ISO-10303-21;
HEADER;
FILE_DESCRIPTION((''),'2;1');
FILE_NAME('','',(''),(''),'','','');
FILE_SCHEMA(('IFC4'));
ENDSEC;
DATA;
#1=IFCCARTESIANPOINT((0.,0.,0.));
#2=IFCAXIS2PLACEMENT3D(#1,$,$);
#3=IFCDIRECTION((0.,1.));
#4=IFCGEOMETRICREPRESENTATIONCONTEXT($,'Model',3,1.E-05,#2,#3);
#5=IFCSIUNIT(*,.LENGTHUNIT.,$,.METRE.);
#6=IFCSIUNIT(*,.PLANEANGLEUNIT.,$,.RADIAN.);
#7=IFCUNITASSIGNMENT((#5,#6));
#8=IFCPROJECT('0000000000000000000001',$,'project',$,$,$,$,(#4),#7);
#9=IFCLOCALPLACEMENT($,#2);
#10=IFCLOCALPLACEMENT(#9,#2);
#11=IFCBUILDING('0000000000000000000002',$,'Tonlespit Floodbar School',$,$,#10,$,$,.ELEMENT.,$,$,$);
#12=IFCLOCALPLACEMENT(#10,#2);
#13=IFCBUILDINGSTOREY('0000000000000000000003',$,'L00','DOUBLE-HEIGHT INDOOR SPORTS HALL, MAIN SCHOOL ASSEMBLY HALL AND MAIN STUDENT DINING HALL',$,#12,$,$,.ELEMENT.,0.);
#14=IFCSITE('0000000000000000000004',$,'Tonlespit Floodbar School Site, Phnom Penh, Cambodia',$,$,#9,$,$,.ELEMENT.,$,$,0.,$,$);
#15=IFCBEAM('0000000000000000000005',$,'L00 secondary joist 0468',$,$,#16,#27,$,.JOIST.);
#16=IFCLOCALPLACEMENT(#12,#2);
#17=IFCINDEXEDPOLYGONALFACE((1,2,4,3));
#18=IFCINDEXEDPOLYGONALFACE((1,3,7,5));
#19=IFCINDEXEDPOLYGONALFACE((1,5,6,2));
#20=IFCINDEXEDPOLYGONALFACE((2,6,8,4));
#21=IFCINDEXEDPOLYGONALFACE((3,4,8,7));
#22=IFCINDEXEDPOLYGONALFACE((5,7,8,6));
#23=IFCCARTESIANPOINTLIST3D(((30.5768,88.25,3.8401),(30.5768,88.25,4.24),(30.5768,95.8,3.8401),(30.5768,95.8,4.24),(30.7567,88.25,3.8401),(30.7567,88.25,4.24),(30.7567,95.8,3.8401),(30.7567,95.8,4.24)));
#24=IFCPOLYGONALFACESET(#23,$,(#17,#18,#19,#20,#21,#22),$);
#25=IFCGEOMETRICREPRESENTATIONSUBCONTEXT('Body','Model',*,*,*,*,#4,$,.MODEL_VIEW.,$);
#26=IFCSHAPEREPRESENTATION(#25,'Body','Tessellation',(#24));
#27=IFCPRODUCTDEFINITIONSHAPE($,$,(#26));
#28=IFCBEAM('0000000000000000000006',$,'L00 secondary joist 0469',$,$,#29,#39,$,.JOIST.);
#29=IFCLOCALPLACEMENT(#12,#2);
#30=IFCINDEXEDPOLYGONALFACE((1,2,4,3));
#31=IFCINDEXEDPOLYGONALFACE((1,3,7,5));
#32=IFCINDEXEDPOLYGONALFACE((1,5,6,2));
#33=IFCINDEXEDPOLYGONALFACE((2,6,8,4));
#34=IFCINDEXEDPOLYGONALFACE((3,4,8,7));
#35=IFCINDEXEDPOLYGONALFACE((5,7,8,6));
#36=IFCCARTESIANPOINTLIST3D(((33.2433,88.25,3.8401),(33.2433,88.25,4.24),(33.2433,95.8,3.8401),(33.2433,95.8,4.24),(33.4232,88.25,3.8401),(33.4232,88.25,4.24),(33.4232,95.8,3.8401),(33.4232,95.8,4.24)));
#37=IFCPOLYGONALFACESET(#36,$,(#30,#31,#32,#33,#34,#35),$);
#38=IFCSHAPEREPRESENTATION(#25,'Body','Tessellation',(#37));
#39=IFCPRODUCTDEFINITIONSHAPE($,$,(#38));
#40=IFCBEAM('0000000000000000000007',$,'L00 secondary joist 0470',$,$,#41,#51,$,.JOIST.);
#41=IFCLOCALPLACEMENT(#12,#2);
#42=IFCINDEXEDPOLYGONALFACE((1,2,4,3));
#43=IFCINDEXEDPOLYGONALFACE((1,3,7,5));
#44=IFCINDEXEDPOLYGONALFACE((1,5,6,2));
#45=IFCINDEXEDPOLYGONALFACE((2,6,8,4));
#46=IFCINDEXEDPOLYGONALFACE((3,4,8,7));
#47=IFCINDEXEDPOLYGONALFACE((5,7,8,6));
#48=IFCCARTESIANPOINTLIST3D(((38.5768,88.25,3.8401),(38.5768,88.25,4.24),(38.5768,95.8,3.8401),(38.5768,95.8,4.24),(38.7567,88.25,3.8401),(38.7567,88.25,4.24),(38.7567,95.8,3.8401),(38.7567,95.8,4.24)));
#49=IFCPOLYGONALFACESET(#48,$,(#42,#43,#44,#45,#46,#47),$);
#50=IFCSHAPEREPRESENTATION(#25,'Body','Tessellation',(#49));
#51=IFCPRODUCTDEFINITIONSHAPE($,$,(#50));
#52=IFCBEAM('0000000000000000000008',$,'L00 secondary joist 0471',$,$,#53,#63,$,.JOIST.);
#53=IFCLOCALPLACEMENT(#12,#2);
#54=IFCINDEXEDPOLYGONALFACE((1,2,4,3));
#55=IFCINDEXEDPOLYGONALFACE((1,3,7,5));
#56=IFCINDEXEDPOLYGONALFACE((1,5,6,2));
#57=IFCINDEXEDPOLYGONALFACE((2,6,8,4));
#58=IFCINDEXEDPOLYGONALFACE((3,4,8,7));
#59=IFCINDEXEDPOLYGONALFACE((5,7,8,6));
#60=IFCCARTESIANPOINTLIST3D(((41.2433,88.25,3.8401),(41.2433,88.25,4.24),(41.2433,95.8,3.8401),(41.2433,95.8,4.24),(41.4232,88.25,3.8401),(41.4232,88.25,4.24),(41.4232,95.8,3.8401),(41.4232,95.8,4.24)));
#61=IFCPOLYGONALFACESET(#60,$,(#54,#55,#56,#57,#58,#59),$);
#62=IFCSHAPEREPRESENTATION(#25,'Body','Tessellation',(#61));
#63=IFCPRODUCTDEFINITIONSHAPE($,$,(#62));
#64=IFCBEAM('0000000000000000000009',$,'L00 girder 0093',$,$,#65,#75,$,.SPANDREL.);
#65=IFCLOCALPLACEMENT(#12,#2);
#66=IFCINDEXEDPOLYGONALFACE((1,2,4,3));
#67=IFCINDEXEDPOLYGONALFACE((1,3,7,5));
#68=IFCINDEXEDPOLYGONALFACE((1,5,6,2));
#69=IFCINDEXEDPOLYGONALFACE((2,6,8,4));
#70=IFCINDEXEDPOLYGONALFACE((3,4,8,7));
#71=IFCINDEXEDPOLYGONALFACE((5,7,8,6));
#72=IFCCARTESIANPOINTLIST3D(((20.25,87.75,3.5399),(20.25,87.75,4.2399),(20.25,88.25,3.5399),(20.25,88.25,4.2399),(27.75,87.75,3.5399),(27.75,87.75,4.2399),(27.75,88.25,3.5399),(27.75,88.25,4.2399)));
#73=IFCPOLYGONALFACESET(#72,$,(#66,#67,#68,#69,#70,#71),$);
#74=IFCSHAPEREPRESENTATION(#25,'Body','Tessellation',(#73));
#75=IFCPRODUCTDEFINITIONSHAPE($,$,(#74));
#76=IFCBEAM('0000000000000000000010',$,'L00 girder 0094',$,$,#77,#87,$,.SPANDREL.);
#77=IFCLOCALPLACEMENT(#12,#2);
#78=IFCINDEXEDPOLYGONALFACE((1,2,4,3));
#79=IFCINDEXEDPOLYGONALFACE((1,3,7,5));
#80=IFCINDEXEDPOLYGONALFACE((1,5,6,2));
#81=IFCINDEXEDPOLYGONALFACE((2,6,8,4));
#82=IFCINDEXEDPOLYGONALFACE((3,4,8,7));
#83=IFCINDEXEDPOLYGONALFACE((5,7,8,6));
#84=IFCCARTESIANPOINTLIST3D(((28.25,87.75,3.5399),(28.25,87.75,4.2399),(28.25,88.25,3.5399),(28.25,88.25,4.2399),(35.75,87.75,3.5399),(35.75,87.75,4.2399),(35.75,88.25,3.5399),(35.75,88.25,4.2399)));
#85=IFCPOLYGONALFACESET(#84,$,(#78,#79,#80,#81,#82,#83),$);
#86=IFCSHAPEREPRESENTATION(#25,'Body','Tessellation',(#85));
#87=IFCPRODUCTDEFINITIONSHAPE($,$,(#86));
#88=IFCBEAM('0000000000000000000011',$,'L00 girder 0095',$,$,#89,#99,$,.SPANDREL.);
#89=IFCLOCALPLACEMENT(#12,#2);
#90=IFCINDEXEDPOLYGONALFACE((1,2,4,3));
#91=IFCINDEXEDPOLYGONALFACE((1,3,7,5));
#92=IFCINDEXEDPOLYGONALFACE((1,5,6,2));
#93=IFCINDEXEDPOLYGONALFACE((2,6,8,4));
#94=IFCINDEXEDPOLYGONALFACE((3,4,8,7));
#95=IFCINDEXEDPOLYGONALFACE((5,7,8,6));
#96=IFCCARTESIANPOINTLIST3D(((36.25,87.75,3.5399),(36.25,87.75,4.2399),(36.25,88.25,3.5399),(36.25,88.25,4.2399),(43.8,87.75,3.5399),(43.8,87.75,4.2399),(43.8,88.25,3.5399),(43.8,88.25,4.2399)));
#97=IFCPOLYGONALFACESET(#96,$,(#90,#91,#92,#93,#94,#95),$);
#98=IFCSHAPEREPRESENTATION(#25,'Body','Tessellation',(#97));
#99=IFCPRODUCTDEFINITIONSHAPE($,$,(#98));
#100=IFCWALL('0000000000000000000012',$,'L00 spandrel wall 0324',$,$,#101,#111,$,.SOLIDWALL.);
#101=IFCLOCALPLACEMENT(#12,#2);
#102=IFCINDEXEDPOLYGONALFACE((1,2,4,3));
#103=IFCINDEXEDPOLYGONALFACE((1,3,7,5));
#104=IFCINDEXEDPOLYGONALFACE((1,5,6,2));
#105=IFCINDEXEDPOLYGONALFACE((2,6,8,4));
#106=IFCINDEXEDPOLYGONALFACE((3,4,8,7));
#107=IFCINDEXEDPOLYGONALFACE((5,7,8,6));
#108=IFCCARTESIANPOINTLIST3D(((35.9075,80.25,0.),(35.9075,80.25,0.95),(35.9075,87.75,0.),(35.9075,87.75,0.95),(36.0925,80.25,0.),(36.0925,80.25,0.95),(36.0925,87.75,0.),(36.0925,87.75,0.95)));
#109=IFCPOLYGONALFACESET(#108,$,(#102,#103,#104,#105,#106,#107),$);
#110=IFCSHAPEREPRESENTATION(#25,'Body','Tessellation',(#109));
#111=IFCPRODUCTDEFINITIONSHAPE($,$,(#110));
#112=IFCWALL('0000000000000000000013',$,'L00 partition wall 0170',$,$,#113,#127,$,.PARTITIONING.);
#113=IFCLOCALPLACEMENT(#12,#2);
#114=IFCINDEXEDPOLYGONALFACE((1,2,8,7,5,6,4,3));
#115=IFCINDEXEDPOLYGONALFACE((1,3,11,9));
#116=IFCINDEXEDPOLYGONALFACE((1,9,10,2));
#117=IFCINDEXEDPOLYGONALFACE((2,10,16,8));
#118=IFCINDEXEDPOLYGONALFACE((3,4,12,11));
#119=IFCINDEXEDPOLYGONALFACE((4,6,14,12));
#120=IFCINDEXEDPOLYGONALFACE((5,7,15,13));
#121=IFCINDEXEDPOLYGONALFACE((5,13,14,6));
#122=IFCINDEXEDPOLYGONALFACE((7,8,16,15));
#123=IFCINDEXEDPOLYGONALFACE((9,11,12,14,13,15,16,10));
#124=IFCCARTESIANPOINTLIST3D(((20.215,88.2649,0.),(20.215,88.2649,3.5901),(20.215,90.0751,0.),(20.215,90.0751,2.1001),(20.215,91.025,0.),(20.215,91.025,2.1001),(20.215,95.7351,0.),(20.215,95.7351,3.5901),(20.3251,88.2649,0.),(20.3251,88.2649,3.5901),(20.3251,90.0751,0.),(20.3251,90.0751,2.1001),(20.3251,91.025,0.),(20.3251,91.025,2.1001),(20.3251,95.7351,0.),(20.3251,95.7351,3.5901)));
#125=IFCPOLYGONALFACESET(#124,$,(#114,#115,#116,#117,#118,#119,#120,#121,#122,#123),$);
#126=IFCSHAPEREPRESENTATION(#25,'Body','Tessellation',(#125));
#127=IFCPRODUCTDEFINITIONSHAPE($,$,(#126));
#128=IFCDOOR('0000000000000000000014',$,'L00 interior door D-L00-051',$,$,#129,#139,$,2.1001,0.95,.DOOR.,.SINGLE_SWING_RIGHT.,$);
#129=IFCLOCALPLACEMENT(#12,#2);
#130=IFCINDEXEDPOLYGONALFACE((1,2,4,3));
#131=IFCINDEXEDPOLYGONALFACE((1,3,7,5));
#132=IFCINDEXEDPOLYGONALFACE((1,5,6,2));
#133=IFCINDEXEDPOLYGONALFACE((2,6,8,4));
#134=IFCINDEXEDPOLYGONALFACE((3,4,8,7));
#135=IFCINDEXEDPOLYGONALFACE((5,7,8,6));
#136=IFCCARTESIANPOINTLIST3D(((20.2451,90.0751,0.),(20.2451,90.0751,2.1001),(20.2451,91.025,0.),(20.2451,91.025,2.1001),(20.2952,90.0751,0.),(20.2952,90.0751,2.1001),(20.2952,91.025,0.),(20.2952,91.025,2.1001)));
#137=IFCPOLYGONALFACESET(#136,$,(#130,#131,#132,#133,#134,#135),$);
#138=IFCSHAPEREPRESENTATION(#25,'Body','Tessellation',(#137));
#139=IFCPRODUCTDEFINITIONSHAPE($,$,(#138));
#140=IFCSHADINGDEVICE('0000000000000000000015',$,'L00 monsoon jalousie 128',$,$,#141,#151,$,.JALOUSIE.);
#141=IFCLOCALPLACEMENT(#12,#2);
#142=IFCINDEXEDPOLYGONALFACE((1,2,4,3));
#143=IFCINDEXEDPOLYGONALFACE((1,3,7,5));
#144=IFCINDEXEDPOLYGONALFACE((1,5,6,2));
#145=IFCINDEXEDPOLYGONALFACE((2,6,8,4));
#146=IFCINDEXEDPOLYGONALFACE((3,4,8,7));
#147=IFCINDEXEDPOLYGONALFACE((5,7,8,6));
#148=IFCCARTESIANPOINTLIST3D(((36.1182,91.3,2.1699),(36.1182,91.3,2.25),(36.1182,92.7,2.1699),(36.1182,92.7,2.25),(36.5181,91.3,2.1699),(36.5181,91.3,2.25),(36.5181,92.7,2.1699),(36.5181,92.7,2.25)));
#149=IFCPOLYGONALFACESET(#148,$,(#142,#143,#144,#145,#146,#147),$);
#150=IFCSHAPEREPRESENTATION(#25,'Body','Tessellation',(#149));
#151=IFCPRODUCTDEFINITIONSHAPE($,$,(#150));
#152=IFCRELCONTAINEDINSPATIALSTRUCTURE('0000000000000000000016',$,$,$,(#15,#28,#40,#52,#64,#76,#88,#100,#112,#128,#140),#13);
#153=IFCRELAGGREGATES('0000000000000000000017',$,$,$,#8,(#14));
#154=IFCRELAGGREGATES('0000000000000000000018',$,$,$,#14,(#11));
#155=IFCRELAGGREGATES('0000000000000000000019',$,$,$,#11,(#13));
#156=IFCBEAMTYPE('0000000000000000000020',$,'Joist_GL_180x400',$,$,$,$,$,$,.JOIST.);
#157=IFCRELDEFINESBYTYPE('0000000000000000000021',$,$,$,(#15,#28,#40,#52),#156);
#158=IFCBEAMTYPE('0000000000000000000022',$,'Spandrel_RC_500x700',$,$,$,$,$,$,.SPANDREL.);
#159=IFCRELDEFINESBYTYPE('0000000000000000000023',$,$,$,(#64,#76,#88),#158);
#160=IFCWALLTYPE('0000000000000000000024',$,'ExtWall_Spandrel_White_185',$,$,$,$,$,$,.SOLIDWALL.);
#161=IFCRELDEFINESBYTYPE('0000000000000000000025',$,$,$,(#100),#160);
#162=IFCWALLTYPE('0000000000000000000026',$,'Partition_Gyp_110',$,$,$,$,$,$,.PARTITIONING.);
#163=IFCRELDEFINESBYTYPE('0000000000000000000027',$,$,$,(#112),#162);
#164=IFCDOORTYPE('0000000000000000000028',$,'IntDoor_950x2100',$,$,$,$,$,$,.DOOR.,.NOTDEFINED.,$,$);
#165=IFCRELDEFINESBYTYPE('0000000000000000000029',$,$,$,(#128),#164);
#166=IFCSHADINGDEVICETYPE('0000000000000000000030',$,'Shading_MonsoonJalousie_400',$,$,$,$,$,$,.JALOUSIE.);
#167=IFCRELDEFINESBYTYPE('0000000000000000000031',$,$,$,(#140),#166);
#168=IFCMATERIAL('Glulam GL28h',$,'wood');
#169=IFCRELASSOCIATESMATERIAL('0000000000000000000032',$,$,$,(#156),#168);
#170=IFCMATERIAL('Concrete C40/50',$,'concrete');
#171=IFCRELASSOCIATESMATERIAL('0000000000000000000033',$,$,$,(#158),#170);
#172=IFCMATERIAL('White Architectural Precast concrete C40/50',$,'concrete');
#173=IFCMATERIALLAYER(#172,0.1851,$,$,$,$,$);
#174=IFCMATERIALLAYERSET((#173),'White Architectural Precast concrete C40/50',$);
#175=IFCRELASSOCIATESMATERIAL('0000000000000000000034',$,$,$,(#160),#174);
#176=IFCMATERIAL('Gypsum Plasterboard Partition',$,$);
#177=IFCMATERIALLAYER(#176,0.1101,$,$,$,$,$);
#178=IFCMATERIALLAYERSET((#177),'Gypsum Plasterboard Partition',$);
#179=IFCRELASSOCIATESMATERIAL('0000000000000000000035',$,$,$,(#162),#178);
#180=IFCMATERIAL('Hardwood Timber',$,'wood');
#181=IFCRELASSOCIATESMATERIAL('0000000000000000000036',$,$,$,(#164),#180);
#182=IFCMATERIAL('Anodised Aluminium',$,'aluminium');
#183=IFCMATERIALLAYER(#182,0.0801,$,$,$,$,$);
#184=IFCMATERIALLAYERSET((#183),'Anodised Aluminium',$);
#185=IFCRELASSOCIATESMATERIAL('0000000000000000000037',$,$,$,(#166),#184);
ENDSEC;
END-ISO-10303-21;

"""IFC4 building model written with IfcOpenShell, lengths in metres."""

from ifc_helpers import new_model, si_unit, direction, frame, frame_2d, origin, origin_2d, place, context, subcontext, project, spatial, rectangle, extrude, material, layer, layer_set, material_profile, profile_set, type_object, element, fill, save


model = new_model("IFC4")

# Units and contexts
model_context = context("Model", 3, precision=1e-05, world=origin(), true_north=direction((0.0, 1.0)))
body_context = subcontext(model_context, "Body", "Model", "MODEL_VIEW")
ifc_project = project(units=[si_unit("LENGTHUNIT", "METRE"), si_unit("PLANEANGLEUNIT", "RADIAN")], contexts=[model_context])

# Site, building, storey
site_placement = place(None, origin())
site = spatial("IfcSite", under=ifc_project, at=site_placement, Name="Tonlespit Floodbar School Site, Phnom Penh, Cambodia", CompositionType="ELEMENT", RefElevation=0.0)
building_placement = place(site_placement, origin())
building = spatial("IfcBuilding", under=site, at=building_placement, Name="Tonlespit Floodbar School", CompositionType="ELEMENT")
storey_placement = place(building_placement, origin())
storey = spatial("IfcBuildingStorey", under=building, at=storey_placement, Name="L00", Description="DOUBLE-HEIGHT INDOOR SPORTS HALL, MAIN SCHOOL ASSEMBLY HALL AND MAIN STUDENT DINING HALL", CompositionType="ELEMENT", Elevation=0.0)

# Shared definitions
ifc_material_1 = material(Name="Concrete C40/50", Category="concrete")

# Shared definitions
ifc_material_2 = material(Name="Anodised Aluminium", Category="aluminium")

# Beams
ifc_material_3 = material(Name="Glulam GL28h", Category="wood")
ifc_material_profile_1 = material_profile(ifc_material_3, rectangle(XDim=0.1799, YDim=0.3999, at=origin_2d()), Name="GL 180x400")
ifc_profile_set_1 = profile_set([ifc_material_profile_1], Name="Glulam GL28h")
beam_type_1 = type_object("IfcBeamType", Name="Joist_GL_180x400", PredefinedType="JOIST", material=ifc_profile_set_1)
for number, where, z_axis, x_axis, name in (
    (1, (30.6667, 88.25, 4.04), (0.0, 1.0, 0.0), (-1.0, 0.0, 0.0), "L00 secondary joist 0468"),
    (2, (33.3333, 88.25, 4.04), (0.0, 1.0, 0.0), (-1.0, 0.0, 0.0), "L00 secondary joist 0469"),
    (3, (38.6667, 88.25, 4.04), (0.0, 1.0, 0.0), (-1.0, 0.0, 0.0), "L00 secondary joist 0470"),
    (4, (41.3333, 88.25, 4.04), (0.0, 1.0, 0.0), (-1.0, 0.0, 0.0), "L00 secondary joist 0471"),
):
    element("IfcBeam", number, at=place(storey_placement, frame(where, z_axis=z_axis, x_axis=x_axis)), inside=storey, type_object=beam_type_1, Name=name, PredefinedType="JOIST", context=body_context, shape_type="SweptSolid", body=[
        extrude(rectangle(XDim=0.1799, YDim=0.3999, at=origin_2d()), origin(), (0.0, 0.0, 1.0), 7.55),
    ])
ifc_material_profile_2 = material_profile(ifc_material_1, rectangle(XDim=0.5, YDim=0.7, at=origin_2d()), Name="RC 500x700")
ifc_profile_set_2 = profile_set([ifc_material_profile_2], Name="Concrete C40/50")
beam_type_2 = type_object("IfcBeamType", Name="Spandrel_RC_500x700", PredefinedType="SPANDREL", material=ifc_profile_set_2)
for number, where, z_axis, x_axis, name in (
    (5, (20.25, 88.0, 3.8899), (1.0, 0.0, 0.0), (0.0, 1.0, 0.0), "L00 girder 0093"),
    (6, (28.25, 88.0, 3.8899), (1.0, 0.0, 0.0), (0.0, 1.0, 0.0), "L00 girder 0094"),
):
    element("IfcBeam", number, at=place(storey_placement, frame(where, z_axis=z_axis, x_axis=x_axis)), inside=storey, type_object=beam_type_2, Name=name, PredefinedType="SPANDREL", context=body_context, shape_type="SweptSolid", body=[
        extrude(rectangle(XDim=0.5, YDim=0.7, at=origin_2d()), origin(), (0.0, 0.0, 1.0), 7.5),
    ])
beam_placement = place(storey_placement, frame((36.25, 88.0, 3.8899), z_axis=(1.0, 0.0, 0.0), x_axis=(0.0, 1.0, 0.0)))
element("IfcBeam", 7, at=beam_placement, inside=storey, type_object=beam_type_2, Name="L00 girder 0095", PredefinedType="SPANDREL", context=body_context, shape_type="SweptSolid", body=[
    extrude(rectangle(XDim=0.5, YDim=0.7, at=origin_2d()), origin(), (0.0, 0.0, 1.0), 7.55),
])

# Wall
ifc_material_4 = material(Name="White Architectural Precast concrete C40/50", Category="concrete")
ifc_layer_1 = layer(ifc_material_4, 0.1851)
ifc_layer_set_1 = layer_set([ifc_layer_1], Name="White Architectural Precast concrete C40/50")
wall_type_1 = type_object("IfcWallType", Name="ExtWall_Spandrel_White_185", PredefinedType="SOLIDWALL", material=ifc_layer_set_1)
wall_1_placement = place(storey_placement, frame((36.0, 87.75, 0.0), z_axis=(0.0, 0.0, 1.0), x_axis=(0.0, -1.0, 0.0)))
element("IfcWall", 8, at=wall_1_placement, inside=storey, type_object=wall_type_1, Name="L00 spandrel wall 0324", PredefinedType="SOLIDWALL", context=body_context, shape_type="SweptSolid", body=[
    extrude(rectangle(XDim=7.5, YDim=0.1851, at=frame_2d((3.75, 0.0))), origin(), (0.0, 0.0, 1.0), 0.95),
])

# Wall, opening, door
ifc_material_5 = material(Name="Gypsum Plasterboard Partition")
ifc_layer_2 = layer(ifc_material_5, 0.1101)
ifc_layer_set_2 = layer_set([ifc_layer_2], Name="Gypsum Plasterboard Partition")
wall_type_2 = type_object("IfcWallType", Name="Partition_Gyp_110", PredefinedType="PARTITIONING", material=ifc_layer_set_2)
wall_2_placement = place(storey_placement, frame((20.27, 88.2649, 0.0), z_axis=(0.0, 0.0, 1.0), x_axis=(0.0, 1.0, 0.0)))
wall_2 = element("IfcWall", 9, at=wall_2_placement, inside=storey, type_object=wall_type_2, Name="L00 partition wall 0170", PredefinedType="PARTITIONING", context=body_context, shape_type="SweptSolid", body=[
    extrude(rectangle(XDim=7.4702, YDim=0.1101, at=frame_2d((3.7351, 0.0))), origin(), (0.0, 0.0, 1.0), 3.5901),
])
opening_placement = place(wall_2_placement, frame((1.8101, 0.0, 0.0)))
opening = element("IfcOpeningElement", 10, at=opening_placement, cuts=wall_2, PredefinedType="OPENING", context=body_context, shape_type="SweptSolid", body=[
    extrude(rectangle(XDim=0.95, YDim=2.1001, at=frame_2d((0.4751, 1.05))), frame((0.0, 0.0649, 0.0), z_axis=(0.0, -1.0, 0.0), x_axis=(1.0, 0.0, 0.0)), (0.0, 0.0, 1.0), 0.1301),
])
ifc_material_6 = material(Name="Hardwood Timber", Category="wood")
door_type = type_object("IfcDoorType", Name="IntDoor_950x2100", OperationType="NOTDEFINED", PredefinedType="DOOR", material=ifc_material_6)
door_placement = place(opening_placement, origin())
door = element("IfcDoor", 11, at=door_placement, inside=storey, type_object=door_type, Name="L00 interior door D-L00-051", OperationType="SINGLE_SWING_RIGHT", OverallHeight=2.1001, OverallWidth=0.95, PredefinedType="DOOR", context=body_context, shape_type="SweptSolid", body=[
    extrude(rectangle(XDim=0.95, YDim=2.1001, at=frame_2d((0.4751, 1.05))), frame((0.0, 0.0249, 0.0), z_axis=(0.0, -1.0, 0.0), x_axis=(1.0, 0.0, 0.0)), (0.0, 0.0, 1.0), 0.05),
])
fill(opening, door)

# Shading device
ifc_layer_3 = layer(ifc_material_2, 0.0801)
ifc_layer_set_3 = layer_set([ifc_layer_3], Name="Anodised Aluminium")
shading_device_type = type_object("IfcShadingDeviceType", Name="Shading_MonsoonJalousie_400", PredefinedType="JALOUSIE", material=ifc_layer_set_3)
shading_device_placement = place(storey_placement, frame((36.3181, 92.0, 2.1699), z_axis=(0.0, 0.0, 1.0), x_axis=(0.0, -1.0, 0.0)))
element("IfcShadingDevice", 12, at=shading_device_placement, inside=storey, type_object=shading_device_type, Name="L00 monsoon jalousie 128", PredefinedType="JALOUSIE", context=body_context, shape_type="SweptSolid", body=[
    extrude(rectangle(XDim=1.3999, YDim=0.3999, at=origin_2d()), origin(), (0.0, 0.0, 1.0), 0.0801),
])

save(model, "model.ifc")
